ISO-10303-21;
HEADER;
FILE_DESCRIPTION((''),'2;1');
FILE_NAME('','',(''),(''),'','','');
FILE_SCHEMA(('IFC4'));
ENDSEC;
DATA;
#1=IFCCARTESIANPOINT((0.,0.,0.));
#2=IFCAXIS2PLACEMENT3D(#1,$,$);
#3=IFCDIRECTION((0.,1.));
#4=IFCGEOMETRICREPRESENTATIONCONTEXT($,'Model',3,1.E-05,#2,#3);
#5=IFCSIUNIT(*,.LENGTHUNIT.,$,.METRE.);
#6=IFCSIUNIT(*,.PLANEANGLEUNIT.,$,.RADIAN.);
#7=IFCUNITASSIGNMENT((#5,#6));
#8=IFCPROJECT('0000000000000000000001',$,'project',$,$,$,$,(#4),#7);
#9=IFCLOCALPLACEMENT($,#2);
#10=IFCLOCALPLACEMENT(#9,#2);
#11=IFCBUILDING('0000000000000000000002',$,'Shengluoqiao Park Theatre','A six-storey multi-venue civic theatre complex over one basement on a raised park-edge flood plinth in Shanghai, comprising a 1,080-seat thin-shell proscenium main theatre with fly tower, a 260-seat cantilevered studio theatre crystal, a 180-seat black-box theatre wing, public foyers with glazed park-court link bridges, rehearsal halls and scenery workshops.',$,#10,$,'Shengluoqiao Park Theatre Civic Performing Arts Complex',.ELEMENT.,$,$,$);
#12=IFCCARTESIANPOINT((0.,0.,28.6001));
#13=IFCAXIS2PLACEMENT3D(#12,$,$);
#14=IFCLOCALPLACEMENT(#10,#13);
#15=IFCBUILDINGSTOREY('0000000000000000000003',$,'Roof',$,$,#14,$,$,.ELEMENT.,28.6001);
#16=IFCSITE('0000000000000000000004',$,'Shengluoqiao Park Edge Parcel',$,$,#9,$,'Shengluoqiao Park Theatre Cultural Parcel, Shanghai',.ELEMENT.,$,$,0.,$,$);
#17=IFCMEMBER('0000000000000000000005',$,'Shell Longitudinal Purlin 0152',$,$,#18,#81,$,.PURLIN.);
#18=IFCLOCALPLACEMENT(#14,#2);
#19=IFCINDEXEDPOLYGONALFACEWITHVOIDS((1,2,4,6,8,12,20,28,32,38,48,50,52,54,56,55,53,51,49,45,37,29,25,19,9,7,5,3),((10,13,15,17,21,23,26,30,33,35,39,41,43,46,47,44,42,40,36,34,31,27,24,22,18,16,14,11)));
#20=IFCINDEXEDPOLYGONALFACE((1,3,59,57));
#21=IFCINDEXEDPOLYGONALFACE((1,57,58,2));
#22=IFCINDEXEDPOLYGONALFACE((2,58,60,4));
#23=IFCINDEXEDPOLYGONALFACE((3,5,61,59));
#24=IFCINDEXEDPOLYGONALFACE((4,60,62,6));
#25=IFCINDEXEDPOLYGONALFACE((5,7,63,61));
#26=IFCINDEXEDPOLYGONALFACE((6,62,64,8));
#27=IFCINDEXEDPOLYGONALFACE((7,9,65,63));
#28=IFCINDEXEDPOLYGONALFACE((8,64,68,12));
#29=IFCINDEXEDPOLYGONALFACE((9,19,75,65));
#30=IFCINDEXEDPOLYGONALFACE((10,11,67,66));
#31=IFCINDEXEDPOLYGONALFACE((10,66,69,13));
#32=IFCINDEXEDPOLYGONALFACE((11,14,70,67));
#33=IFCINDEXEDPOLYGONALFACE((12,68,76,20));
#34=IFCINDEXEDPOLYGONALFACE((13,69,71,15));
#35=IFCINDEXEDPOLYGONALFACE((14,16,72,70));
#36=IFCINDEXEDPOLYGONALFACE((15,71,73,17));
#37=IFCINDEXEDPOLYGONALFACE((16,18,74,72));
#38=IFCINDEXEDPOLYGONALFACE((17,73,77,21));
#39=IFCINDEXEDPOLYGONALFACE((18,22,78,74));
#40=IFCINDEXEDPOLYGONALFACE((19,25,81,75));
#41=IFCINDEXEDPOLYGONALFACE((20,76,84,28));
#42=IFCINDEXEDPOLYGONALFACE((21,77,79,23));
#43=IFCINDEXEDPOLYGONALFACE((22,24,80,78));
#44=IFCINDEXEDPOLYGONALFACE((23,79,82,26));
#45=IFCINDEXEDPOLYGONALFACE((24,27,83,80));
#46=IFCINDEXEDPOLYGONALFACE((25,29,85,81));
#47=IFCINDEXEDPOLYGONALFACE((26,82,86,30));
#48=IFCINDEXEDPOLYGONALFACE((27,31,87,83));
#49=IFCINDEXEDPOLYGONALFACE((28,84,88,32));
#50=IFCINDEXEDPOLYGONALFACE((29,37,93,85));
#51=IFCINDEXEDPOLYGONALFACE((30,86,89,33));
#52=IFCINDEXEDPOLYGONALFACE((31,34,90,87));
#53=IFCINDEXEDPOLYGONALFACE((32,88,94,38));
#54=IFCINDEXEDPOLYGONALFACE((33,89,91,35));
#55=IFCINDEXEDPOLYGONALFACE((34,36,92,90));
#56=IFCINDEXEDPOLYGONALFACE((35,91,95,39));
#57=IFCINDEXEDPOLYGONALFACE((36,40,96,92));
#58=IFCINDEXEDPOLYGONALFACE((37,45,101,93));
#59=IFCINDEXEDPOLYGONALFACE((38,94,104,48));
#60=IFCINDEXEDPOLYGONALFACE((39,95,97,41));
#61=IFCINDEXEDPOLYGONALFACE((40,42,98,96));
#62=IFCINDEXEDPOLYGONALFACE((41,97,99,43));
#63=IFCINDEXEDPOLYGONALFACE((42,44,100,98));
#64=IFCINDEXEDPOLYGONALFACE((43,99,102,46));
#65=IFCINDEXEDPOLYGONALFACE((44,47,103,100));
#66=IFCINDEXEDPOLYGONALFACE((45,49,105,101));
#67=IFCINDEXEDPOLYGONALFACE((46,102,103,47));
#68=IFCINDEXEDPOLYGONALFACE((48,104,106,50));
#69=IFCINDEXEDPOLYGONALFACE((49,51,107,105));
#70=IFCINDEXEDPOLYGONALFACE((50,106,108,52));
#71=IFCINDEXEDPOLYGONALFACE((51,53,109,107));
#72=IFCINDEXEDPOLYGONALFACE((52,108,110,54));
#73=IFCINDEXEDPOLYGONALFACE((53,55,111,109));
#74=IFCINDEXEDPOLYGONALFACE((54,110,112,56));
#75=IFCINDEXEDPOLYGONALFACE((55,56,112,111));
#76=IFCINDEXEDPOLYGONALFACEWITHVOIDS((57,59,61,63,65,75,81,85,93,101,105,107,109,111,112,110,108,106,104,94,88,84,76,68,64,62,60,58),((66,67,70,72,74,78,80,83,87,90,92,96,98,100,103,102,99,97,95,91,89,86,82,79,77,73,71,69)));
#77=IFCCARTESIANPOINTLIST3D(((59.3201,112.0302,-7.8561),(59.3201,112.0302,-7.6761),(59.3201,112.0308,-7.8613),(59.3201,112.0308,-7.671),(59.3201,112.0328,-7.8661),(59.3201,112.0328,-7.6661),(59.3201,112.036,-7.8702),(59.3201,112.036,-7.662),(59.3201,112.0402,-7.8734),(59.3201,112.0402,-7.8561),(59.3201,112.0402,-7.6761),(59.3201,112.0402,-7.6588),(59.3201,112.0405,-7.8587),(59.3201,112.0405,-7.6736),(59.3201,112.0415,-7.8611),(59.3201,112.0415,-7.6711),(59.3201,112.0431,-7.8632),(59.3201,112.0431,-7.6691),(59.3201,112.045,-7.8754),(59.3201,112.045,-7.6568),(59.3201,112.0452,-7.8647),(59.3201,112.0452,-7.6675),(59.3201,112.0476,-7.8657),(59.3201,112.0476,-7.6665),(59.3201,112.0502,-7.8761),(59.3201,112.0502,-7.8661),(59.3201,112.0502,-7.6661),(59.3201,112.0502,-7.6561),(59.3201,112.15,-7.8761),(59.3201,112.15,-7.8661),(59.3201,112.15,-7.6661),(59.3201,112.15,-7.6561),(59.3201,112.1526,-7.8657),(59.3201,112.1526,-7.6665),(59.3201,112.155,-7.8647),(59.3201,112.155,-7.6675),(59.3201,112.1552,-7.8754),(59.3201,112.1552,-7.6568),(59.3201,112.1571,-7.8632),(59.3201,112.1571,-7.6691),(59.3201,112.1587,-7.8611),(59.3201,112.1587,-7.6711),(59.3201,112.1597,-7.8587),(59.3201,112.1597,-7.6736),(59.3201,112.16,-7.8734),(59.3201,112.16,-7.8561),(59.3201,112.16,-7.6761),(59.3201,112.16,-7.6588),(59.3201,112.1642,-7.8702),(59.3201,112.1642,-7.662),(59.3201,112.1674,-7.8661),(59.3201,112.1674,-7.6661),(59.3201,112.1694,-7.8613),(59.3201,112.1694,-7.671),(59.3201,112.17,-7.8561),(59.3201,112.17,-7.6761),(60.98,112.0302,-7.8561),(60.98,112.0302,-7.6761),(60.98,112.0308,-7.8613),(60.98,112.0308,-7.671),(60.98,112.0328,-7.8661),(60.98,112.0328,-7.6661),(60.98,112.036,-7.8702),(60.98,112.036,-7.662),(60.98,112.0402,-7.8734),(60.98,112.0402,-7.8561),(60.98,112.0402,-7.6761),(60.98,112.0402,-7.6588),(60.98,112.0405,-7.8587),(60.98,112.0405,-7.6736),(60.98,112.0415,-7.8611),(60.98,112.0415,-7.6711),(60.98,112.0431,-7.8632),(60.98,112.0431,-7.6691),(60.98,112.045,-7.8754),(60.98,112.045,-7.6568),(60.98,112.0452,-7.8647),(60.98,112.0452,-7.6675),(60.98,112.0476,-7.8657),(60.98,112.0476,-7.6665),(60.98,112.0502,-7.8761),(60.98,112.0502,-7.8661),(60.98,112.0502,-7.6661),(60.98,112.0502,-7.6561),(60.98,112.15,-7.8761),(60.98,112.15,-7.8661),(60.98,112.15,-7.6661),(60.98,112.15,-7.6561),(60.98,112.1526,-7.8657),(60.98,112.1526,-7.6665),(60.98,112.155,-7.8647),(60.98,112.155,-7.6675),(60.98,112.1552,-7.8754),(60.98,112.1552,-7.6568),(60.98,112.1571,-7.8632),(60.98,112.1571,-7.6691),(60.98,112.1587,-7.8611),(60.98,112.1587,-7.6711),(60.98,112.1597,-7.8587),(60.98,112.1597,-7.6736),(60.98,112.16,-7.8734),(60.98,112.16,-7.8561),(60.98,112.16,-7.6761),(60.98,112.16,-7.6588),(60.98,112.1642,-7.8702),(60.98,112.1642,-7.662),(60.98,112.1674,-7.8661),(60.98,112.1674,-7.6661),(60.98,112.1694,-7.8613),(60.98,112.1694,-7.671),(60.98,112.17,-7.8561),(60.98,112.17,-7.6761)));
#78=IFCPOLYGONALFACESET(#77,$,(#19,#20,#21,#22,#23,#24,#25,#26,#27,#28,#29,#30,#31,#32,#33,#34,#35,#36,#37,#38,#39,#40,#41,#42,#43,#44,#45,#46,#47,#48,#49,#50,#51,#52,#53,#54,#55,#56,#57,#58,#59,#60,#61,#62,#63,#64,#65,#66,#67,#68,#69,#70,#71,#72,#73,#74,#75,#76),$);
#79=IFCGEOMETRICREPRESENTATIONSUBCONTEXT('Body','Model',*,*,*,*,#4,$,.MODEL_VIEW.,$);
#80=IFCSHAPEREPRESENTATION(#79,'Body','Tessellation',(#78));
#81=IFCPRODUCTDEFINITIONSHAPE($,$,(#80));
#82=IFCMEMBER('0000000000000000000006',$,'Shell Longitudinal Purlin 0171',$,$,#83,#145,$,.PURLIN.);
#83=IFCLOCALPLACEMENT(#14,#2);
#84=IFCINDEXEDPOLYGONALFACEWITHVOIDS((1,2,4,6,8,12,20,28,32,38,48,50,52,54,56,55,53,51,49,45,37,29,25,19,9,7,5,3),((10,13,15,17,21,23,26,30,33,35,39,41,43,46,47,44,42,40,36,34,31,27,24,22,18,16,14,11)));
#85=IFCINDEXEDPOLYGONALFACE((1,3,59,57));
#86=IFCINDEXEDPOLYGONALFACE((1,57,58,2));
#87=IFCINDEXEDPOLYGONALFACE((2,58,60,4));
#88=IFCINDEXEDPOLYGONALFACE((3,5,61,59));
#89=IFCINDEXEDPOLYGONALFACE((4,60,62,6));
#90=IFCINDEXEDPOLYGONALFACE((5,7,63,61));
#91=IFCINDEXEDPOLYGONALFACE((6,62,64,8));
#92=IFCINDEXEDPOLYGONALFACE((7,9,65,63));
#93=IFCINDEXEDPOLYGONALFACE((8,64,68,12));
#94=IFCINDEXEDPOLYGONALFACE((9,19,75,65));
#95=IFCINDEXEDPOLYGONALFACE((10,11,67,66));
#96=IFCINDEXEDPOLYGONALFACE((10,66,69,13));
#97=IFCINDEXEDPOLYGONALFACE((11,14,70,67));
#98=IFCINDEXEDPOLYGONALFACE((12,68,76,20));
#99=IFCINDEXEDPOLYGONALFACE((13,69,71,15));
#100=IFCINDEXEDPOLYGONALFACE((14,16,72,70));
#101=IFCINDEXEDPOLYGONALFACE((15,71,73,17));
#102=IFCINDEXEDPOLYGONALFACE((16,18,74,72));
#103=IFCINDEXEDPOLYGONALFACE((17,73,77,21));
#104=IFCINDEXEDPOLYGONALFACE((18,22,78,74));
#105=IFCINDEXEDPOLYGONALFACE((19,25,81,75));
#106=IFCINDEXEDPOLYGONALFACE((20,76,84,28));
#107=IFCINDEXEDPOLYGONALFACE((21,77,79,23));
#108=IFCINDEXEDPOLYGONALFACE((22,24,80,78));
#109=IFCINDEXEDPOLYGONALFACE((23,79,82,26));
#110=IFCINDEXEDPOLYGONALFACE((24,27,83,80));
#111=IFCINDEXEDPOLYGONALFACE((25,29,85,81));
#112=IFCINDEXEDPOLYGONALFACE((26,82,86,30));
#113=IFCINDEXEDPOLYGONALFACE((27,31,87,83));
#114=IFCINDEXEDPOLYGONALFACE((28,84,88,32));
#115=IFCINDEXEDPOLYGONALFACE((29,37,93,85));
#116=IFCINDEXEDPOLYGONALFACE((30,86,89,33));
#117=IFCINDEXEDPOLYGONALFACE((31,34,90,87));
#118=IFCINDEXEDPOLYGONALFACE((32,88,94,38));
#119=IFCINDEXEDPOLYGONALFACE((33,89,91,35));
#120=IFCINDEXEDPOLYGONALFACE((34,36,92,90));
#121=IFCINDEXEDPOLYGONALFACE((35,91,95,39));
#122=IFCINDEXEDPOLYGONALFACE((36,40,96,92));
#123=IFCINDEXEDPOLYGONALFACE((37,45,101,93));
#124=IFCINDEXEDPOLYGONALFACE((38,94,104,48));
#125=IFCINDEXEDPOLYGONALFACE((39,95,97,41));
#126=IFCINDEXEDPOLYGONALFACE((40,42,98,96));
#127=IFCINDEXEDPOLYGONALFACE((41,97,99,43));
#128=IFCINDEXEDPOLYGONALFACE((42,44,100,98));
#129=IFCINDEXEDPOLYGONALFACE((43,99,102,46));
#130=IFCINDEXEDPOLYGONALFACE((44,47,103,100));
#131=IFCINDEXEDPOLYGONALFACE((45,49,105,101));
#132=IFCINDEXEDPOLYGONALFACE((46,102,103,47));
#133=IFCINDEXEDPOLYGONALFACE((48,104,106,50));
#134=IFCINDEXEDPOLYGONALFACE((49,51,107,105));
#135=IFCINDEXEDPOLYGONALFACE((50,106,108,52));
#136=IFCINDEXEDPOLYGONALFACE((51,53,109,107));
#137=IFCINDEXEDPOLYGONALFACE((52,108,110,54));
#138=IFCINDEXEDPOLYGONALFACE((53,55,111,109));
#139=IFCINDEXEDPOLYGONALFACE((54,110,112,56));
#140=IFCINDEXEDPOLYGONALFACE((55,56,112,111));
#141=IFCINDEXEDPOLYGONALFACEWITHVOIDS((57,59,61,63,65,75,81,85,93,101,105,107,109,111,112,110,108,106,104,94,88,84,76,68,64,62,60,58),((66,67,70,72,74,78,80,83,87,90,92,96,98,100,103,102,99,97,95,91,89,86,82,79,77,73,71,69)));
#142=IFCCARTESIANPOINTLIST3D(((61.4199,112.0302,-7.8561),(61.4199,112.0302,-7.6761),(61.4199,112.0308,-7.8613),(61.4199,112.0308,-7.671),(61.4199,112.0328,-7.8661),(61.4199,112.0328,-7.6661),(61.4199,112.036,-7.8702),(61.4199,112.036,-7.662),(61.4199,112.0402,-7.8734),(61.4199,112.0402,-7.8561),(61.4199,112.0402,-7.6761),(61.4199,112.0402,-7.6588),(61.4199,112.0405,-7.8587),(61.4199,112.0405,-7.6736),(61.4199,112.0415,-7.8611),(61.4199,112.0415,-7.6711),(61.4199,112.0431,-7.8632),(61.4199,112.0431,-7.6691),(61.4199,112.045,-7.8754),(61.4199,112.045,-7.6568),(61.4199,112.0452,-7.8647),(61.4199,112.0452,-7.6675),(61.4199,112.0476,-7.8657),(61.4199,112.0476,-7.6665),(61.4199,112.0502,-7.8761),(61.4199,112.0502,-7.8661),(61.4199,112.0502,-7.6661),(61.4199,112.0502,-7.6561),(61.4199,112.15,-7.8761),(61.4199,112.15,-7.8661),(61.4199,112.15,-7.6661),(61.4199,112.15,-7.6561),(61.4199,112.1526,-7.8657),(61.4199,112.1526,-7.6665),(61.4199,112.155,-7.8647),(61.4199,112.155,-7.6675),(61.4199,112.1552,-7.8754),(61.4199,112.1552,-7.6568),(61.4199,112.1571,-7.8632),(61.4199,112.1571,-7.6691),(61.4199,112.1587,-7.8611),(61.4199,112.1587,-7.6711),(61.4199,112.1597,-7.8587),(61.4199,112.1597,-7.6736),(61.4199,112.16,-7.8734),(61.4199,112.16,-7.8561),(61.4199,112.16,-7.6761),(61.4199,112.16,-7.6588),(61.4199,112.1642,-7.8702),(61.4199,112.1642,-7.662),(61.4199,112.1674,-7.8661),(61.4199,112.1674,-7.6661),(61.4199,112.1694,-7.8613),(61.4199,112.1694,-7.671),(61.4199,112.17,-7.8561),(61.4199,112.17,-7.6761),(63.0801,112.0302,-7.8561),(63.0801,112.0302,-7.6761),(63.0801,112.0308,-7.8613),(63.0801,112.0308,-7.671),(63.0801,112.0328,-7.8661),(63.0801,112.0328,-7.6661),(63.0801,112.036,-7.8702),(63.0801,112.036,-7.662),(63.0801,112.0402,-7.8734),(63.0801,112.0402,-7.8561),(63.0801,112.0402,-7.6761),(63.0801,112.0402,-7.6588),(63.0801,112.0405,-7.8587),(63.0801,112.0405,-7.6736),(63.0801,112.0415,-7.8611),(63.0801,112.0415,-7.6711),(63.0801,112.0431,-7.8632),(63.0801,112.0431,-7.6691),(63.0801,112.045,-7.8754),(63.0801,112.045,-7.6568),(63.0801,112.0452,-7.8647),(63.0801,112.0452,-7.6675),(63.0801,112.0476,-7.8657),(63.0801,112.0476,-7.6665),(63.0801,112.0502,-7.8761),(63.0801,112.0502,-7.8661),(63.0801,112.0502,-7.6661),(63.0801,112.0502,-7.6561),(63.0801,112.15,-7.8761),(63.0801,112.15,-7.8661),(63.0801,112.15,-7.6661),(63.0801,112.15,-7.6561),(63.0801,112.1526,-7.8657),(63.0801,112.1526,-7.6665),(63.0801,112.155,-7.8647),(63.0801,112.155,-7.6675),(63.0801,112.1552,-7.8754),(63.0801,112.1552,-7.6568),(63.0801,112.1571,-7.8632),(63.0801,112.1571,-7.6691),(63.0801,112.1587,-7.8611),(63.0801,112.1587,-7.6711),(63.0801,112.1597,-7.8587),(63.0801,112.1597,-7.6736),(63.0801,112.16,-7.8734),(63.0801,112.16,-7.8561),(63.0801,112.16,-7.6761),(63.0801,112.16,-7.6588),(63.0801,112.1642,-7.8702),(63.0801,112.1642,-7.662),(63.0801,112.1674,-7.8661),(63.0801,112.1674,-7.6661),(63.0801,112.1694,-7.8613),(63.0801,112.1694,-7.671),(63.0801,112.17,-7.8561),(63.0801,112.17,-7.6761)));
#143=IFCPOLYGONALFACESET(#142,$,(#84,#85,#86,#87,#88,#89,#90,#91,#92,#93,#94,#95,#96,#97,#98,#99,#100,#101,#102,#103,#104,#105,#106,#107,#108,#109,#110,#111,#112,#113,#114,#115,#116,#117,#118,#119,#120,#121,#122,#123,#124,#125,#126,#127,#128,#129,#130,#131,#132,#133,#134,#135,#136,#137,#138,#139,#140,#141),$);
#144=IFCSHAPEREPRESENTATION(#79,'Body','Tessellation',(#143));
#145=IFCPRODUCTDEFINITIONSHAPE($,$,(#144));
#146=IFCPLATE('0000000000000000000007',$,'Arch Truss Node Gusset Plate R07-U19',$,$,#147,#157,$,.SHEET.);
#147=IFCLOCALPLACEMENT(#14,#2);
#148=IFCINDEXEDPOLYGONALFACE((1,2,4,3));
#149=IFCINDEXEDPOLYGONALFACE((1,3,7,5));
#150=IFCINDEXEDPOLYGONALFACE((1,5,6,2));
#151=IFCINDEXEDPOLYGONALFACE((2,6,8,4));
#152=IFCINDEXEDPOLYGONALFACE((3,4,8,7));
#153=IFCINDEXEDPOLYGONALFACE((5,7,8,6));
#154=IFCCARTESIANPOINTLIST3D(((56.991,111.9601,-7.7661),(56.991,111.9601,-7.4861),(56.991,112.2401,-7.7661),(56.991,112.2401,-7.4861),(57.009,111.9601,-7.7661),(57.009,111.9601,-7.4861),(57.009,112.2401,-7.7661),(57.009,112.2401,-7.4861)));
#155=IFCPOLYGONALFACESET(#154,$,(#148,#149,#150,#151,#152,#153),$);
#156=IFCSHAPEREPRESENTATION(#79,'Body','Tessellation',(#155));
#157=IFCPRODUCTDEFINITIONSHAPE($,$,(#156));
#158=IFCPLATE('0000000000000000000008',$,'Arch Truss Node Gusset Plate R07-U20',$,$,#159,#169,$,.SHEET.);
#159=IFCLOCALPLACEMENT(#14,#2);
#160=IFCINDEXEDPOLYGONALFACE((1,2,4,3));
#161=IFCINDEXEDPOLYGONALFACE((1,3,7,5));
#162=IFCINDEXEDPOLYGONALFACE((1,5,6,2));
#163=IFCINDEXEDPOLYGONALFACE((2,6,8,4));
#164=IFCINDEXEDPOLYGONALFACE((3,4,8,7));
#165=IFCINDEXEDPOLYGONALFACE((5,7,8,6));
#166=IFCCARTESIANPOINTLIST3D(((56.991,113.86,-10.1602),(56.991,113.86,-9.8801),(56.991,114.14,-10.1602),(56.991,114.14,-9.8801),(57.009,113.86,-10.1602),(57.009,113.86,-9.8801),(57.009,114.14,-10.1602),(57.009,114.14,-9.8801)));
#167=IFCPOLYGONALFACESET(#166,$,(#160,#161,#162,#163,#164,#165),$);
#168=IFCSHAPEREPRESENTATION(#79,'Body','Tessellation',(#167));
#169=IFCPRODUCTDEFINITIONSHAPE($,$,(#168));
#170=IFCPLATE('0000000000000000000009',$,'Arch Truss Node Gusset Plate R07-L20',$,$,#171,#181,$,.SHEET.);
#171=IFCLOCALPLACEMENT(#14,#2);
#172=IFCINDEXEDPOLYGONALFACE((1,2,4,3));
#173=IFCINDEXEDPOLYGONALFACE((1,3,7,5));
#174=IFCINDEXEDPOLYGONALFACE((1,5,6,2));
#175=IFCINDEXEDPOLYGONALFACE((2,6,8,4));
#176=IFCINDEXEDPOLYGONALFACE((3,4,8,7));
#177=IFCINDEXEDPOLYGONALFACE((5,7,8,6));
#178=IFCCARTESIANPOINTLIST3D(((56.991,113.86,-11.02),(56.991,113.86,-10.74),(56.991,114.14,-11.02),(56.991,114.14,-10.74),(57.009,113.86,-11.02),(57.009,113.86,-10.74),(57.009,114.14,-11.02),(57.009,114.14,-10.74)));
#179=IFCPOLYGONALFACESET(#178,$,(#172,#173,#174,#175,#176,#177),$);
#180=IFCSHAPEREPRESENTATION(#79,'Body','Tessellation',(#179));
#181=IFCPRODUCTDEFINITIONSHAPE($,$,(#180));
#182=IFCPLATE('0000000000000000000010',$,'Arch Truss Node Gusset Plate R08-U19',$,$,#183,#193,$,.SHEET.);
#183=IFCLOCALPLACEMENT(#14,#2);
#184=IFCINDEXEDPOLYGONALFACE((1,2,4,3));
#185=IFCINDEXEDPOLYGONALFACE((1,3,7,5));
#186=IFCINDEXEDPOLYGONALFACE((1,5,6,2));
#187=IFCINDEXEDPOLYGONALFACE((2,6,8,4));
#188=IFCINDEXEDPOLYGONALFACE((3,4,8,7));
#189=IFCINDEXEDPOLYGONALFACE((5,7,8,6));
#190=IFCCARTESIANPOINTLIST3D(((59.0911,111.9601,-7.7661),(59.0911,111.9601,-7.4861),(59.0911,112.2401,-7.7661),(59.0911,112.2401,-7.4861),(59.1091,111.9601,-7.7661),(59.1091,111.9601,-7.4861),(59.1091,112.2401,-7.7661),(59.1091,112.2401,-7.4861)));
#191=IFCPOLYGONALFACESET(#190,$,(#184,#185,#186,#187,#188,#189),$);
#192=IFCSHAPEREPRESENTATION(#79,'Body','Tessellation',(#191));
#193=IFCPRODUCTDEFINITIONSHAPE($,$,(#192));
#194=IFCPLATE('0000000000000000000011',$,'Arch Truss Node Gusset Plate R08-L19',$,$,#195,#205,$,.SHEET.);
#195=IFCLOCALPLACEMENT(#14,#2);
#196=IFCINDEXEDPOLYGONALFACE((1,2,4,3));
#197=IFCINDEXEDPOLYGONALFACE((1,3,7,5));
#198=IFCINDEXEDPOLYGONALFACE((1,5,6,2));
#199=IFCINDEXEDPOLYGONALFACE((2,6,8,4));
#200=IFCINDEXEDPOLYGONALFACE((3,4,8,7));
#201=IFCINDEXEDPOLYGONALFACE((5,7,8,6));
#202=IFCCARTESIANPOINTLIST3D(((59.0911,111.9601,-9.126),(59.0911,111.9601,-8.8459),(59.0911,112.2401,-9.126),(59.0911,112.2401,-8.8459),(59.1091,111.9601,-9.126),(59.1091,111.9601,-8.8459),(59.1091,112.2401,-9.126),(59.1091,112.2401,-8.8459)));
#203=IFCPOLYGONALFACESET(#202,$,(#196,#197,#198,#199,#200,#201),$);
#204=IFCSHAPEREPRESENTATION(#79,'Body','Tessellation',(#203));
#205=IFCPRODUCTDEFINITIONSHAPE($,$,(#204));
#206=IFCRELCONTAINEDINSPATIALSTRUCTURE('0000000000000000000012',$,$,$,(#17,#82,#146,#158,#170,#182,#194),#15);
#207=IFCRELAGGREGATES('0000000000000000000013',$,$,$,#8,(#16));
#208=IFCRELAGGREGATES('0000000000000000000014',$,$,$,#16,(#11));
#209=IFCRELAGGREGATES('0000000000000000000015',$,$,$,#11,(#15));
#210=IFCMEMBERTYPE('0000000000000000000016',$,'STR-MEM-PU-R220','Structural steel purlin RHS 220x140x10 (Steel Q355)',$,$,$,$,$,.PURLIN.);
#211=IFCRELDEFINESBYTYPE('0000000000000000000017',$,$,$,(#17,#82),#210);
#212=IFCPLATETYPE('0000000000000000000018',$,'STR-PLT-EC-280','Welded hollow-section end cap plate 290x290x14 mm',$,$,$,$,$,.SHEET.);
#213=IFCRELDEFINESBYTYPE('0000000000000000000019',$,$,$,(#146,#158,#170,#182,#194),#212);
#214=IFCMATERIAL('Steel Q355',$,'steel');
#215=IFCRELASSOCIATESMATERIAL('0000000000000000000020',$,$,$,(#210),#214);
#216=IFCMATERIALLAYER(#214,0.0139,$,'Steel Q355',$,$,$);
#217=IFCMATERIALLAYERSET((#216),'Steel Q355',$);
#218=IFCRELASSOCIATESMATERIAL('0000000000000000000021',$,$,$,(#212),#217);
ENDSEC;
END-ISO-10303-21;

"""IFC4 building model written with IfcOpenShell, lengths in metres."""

from ifc_helpers import new_model, si_unit, direction, frame, origin, origin_2d, place, context, subcontext, project, spatial, rectangle, hollow_rectangle, extrude, material, layer, layer_set, material_profile, profile_set, type_object, element, save


model = new_model("IFC4")

# Units and contexts
model_context = context("Model", 3, precision=1e-05, world=origin(), true_north=direction((0.0, 1.0)))
body_context = subcontext(model_context, "Body", "Model", "MODEL_VIEW")
ifc_project = project(units=[si_unit("LENGTHUNIT", "METRE"), si_unit("PLANEANGLEUNIT", "RADIAN")], contexts=[model_context])

# Site, building, storey
site_placement = place(None, origin())
site = spatial("IfcSite", under=ifc_project, at=site_placement, Name="Shengluoqiao Park Edge Parcel", LongName="Shengluoqiao Park Theatre Cultural Parcel, Shanghai", CompositionType="ELEMENT", RefElevation=0.0)
building_placement = place(site_placement, origin())
building = spatial("IfcBuilding", under=site, at=building_placement, Name="Shengluoqiao Park Theatre", Description="A six-storey multi-venue civic theatre complex over one basement on a raised park-edge flood plinth in Shanghai, comprising a 1,080-seat thin-shell proscenium main theatre with fly tower, a 260-seat cantilevered studio theatre crystal, a 180-seat black-box theatre wing, public foyers with glazed park-court link bridges, rehearsal halls and scenery workshops.", LongName="Shengluoqiao Park Theatre Civic Performing Arts Complex", CompositionType="ELEMENT")
storey_placement = place(building_placement, frame((0.0, 0.0, 28.6001)))
storey = spatial("IfcBuildingStorey", under=building, at=storey_placement, Name="Roof", CompositionType="ELEMENT", Elevation=28.6001)

# Shared definitions
ifc_material_1 = material(Name="Steel Q355", Category="steel")

# Members
ifc_material_profile_1 = material_profile(ifc_material_1, hollow_rectangle(XDim=0.1399, YDim=0.22, WallThickness=0.01, InnerFilletRadius=0.01, OuterFilletRadius=0.02, at=origin_2d()), Name="RHS 220x140x10")
ifc_profile_set_1 = profile_set([ifc_material_profile_1], Name="Steel Q355")
member_type_1 = type_object("IfcMemberType", Name="STR-MEM-PU-R220", Description="Structural steel purlin RHS 220x140x10 (Steel Q355)", PredefinedType="PURLIN", material=ifc_profile_set_1)
for number, where, z_axis, x_axis, name in (
    (1, (59.3201, 112.1001, -7.7661), (1.0, 0.0, 0.0), (0.0, 1.0, 0.0), "Shell Longitudinal Purlin 0152"),
):
    element("IfcMember", number, at=place(storey_placement, frame(where, z_axis=z_axis, x_axis=x_axis)), inside=storey, type_object=member_type_1, Name=name, PredefinedType="PURLIN", context=body_context, shape_type="SweptSolid", body=[
        extrude(hollow_rectangle(XDim=0.1399, YDim=0.22, WallThickness=0.01, InnerFilletRadius=0.01, OuterFilletRadius=0.02, at=origin_2d()), origin(), (0.0, 0.0, 1.0), 1.6599),
    ])
member_placement = place(storey_placement, frame((61.4199, 112.1001, -7.7661), z_axis=(1.0, 0.0, 0.0), x_axis=(0.0, 1.0, 0.0)))
element("IfcMember", 2, at=member_placement, inside=storey, type_object=member_type_1, Name="Shell Longitudinal Purlin 0171", PredefinedType="PURLIN", context=body_context, shape_type="SweptSolid", body=[
    extrude(hollow_rectangle(XDim=0.1399, YDim=0.22, WallThickness=0.01, InnerFilletRadius=0.01, OuterFilletRadius=0.02, at=origin_2d()), origin(), (0.0, 0.0, 1.0), 1.6602),
])

# Plates
ifc_layer_1 = layer(ifc_material_1, 0.0139, Name="Steel Q355")
ifc_layer_set_1 = layer_set([ifc_layer_1], Name="Steel Q355")
plate_type_1 = type_object("IfcPlateType", Name="STR-PLT-EC-280", Description="Welded hollow-section end cap plate 290x290x14 mm", PredefinedType="SHEET", material=ifc_layer_set_1)
for number, where, z_axis, x_axis, name in (
    (3, (57.0, 112.1001, -7.7661), (0.0, 0.0, 1.0), (1.0, 0.0, 0.0), "Arch Truss Node Gusset Plate R07-U19"),
    (4, (57.0, 114.0, -10.1602), (0.0, 0.0, 1.0), (1.0, 0.0, 0.0), "Arch Truss Node Gusset Plate R07-U20"),
    (5, (57.0, 114.0, -11.02), (0.0, 0.0, 1.0), (1.0, 0.0, 0.0), "Arch Truss Node Gusset Plate R07-L20"),
    (6, (59.1001, 112.1001, -7.7661), (0.0, 0.0, 1.0), (1.0, 0.0, 0.0), "Arch Truss Node Gusset Plate R08-U19"),
    (7, (59.1001, 112.1001, -9.126), (0.0, 0.0, 1.0), (1.0, 0.0, 0.0), "Arch Truss Node Gusset Plate R08-L19"),
):
    element("IfcPlate", number, at=place(storey_placement, frame(where, z_axis=z_axis, x_axis=x_axis)), inside=storey, type_object=plate_type_1, Name=name, PredefinedType="SHEET", context=body_context, shape_type="SweptSolid", body=[
        extrude(rectangle(XDim=0.0181, YDim=0.28, at=origin_2d()), origin(), (0.0, 0.0, 1.0), 0.28),
    ])

save(model, "model.ifc")
